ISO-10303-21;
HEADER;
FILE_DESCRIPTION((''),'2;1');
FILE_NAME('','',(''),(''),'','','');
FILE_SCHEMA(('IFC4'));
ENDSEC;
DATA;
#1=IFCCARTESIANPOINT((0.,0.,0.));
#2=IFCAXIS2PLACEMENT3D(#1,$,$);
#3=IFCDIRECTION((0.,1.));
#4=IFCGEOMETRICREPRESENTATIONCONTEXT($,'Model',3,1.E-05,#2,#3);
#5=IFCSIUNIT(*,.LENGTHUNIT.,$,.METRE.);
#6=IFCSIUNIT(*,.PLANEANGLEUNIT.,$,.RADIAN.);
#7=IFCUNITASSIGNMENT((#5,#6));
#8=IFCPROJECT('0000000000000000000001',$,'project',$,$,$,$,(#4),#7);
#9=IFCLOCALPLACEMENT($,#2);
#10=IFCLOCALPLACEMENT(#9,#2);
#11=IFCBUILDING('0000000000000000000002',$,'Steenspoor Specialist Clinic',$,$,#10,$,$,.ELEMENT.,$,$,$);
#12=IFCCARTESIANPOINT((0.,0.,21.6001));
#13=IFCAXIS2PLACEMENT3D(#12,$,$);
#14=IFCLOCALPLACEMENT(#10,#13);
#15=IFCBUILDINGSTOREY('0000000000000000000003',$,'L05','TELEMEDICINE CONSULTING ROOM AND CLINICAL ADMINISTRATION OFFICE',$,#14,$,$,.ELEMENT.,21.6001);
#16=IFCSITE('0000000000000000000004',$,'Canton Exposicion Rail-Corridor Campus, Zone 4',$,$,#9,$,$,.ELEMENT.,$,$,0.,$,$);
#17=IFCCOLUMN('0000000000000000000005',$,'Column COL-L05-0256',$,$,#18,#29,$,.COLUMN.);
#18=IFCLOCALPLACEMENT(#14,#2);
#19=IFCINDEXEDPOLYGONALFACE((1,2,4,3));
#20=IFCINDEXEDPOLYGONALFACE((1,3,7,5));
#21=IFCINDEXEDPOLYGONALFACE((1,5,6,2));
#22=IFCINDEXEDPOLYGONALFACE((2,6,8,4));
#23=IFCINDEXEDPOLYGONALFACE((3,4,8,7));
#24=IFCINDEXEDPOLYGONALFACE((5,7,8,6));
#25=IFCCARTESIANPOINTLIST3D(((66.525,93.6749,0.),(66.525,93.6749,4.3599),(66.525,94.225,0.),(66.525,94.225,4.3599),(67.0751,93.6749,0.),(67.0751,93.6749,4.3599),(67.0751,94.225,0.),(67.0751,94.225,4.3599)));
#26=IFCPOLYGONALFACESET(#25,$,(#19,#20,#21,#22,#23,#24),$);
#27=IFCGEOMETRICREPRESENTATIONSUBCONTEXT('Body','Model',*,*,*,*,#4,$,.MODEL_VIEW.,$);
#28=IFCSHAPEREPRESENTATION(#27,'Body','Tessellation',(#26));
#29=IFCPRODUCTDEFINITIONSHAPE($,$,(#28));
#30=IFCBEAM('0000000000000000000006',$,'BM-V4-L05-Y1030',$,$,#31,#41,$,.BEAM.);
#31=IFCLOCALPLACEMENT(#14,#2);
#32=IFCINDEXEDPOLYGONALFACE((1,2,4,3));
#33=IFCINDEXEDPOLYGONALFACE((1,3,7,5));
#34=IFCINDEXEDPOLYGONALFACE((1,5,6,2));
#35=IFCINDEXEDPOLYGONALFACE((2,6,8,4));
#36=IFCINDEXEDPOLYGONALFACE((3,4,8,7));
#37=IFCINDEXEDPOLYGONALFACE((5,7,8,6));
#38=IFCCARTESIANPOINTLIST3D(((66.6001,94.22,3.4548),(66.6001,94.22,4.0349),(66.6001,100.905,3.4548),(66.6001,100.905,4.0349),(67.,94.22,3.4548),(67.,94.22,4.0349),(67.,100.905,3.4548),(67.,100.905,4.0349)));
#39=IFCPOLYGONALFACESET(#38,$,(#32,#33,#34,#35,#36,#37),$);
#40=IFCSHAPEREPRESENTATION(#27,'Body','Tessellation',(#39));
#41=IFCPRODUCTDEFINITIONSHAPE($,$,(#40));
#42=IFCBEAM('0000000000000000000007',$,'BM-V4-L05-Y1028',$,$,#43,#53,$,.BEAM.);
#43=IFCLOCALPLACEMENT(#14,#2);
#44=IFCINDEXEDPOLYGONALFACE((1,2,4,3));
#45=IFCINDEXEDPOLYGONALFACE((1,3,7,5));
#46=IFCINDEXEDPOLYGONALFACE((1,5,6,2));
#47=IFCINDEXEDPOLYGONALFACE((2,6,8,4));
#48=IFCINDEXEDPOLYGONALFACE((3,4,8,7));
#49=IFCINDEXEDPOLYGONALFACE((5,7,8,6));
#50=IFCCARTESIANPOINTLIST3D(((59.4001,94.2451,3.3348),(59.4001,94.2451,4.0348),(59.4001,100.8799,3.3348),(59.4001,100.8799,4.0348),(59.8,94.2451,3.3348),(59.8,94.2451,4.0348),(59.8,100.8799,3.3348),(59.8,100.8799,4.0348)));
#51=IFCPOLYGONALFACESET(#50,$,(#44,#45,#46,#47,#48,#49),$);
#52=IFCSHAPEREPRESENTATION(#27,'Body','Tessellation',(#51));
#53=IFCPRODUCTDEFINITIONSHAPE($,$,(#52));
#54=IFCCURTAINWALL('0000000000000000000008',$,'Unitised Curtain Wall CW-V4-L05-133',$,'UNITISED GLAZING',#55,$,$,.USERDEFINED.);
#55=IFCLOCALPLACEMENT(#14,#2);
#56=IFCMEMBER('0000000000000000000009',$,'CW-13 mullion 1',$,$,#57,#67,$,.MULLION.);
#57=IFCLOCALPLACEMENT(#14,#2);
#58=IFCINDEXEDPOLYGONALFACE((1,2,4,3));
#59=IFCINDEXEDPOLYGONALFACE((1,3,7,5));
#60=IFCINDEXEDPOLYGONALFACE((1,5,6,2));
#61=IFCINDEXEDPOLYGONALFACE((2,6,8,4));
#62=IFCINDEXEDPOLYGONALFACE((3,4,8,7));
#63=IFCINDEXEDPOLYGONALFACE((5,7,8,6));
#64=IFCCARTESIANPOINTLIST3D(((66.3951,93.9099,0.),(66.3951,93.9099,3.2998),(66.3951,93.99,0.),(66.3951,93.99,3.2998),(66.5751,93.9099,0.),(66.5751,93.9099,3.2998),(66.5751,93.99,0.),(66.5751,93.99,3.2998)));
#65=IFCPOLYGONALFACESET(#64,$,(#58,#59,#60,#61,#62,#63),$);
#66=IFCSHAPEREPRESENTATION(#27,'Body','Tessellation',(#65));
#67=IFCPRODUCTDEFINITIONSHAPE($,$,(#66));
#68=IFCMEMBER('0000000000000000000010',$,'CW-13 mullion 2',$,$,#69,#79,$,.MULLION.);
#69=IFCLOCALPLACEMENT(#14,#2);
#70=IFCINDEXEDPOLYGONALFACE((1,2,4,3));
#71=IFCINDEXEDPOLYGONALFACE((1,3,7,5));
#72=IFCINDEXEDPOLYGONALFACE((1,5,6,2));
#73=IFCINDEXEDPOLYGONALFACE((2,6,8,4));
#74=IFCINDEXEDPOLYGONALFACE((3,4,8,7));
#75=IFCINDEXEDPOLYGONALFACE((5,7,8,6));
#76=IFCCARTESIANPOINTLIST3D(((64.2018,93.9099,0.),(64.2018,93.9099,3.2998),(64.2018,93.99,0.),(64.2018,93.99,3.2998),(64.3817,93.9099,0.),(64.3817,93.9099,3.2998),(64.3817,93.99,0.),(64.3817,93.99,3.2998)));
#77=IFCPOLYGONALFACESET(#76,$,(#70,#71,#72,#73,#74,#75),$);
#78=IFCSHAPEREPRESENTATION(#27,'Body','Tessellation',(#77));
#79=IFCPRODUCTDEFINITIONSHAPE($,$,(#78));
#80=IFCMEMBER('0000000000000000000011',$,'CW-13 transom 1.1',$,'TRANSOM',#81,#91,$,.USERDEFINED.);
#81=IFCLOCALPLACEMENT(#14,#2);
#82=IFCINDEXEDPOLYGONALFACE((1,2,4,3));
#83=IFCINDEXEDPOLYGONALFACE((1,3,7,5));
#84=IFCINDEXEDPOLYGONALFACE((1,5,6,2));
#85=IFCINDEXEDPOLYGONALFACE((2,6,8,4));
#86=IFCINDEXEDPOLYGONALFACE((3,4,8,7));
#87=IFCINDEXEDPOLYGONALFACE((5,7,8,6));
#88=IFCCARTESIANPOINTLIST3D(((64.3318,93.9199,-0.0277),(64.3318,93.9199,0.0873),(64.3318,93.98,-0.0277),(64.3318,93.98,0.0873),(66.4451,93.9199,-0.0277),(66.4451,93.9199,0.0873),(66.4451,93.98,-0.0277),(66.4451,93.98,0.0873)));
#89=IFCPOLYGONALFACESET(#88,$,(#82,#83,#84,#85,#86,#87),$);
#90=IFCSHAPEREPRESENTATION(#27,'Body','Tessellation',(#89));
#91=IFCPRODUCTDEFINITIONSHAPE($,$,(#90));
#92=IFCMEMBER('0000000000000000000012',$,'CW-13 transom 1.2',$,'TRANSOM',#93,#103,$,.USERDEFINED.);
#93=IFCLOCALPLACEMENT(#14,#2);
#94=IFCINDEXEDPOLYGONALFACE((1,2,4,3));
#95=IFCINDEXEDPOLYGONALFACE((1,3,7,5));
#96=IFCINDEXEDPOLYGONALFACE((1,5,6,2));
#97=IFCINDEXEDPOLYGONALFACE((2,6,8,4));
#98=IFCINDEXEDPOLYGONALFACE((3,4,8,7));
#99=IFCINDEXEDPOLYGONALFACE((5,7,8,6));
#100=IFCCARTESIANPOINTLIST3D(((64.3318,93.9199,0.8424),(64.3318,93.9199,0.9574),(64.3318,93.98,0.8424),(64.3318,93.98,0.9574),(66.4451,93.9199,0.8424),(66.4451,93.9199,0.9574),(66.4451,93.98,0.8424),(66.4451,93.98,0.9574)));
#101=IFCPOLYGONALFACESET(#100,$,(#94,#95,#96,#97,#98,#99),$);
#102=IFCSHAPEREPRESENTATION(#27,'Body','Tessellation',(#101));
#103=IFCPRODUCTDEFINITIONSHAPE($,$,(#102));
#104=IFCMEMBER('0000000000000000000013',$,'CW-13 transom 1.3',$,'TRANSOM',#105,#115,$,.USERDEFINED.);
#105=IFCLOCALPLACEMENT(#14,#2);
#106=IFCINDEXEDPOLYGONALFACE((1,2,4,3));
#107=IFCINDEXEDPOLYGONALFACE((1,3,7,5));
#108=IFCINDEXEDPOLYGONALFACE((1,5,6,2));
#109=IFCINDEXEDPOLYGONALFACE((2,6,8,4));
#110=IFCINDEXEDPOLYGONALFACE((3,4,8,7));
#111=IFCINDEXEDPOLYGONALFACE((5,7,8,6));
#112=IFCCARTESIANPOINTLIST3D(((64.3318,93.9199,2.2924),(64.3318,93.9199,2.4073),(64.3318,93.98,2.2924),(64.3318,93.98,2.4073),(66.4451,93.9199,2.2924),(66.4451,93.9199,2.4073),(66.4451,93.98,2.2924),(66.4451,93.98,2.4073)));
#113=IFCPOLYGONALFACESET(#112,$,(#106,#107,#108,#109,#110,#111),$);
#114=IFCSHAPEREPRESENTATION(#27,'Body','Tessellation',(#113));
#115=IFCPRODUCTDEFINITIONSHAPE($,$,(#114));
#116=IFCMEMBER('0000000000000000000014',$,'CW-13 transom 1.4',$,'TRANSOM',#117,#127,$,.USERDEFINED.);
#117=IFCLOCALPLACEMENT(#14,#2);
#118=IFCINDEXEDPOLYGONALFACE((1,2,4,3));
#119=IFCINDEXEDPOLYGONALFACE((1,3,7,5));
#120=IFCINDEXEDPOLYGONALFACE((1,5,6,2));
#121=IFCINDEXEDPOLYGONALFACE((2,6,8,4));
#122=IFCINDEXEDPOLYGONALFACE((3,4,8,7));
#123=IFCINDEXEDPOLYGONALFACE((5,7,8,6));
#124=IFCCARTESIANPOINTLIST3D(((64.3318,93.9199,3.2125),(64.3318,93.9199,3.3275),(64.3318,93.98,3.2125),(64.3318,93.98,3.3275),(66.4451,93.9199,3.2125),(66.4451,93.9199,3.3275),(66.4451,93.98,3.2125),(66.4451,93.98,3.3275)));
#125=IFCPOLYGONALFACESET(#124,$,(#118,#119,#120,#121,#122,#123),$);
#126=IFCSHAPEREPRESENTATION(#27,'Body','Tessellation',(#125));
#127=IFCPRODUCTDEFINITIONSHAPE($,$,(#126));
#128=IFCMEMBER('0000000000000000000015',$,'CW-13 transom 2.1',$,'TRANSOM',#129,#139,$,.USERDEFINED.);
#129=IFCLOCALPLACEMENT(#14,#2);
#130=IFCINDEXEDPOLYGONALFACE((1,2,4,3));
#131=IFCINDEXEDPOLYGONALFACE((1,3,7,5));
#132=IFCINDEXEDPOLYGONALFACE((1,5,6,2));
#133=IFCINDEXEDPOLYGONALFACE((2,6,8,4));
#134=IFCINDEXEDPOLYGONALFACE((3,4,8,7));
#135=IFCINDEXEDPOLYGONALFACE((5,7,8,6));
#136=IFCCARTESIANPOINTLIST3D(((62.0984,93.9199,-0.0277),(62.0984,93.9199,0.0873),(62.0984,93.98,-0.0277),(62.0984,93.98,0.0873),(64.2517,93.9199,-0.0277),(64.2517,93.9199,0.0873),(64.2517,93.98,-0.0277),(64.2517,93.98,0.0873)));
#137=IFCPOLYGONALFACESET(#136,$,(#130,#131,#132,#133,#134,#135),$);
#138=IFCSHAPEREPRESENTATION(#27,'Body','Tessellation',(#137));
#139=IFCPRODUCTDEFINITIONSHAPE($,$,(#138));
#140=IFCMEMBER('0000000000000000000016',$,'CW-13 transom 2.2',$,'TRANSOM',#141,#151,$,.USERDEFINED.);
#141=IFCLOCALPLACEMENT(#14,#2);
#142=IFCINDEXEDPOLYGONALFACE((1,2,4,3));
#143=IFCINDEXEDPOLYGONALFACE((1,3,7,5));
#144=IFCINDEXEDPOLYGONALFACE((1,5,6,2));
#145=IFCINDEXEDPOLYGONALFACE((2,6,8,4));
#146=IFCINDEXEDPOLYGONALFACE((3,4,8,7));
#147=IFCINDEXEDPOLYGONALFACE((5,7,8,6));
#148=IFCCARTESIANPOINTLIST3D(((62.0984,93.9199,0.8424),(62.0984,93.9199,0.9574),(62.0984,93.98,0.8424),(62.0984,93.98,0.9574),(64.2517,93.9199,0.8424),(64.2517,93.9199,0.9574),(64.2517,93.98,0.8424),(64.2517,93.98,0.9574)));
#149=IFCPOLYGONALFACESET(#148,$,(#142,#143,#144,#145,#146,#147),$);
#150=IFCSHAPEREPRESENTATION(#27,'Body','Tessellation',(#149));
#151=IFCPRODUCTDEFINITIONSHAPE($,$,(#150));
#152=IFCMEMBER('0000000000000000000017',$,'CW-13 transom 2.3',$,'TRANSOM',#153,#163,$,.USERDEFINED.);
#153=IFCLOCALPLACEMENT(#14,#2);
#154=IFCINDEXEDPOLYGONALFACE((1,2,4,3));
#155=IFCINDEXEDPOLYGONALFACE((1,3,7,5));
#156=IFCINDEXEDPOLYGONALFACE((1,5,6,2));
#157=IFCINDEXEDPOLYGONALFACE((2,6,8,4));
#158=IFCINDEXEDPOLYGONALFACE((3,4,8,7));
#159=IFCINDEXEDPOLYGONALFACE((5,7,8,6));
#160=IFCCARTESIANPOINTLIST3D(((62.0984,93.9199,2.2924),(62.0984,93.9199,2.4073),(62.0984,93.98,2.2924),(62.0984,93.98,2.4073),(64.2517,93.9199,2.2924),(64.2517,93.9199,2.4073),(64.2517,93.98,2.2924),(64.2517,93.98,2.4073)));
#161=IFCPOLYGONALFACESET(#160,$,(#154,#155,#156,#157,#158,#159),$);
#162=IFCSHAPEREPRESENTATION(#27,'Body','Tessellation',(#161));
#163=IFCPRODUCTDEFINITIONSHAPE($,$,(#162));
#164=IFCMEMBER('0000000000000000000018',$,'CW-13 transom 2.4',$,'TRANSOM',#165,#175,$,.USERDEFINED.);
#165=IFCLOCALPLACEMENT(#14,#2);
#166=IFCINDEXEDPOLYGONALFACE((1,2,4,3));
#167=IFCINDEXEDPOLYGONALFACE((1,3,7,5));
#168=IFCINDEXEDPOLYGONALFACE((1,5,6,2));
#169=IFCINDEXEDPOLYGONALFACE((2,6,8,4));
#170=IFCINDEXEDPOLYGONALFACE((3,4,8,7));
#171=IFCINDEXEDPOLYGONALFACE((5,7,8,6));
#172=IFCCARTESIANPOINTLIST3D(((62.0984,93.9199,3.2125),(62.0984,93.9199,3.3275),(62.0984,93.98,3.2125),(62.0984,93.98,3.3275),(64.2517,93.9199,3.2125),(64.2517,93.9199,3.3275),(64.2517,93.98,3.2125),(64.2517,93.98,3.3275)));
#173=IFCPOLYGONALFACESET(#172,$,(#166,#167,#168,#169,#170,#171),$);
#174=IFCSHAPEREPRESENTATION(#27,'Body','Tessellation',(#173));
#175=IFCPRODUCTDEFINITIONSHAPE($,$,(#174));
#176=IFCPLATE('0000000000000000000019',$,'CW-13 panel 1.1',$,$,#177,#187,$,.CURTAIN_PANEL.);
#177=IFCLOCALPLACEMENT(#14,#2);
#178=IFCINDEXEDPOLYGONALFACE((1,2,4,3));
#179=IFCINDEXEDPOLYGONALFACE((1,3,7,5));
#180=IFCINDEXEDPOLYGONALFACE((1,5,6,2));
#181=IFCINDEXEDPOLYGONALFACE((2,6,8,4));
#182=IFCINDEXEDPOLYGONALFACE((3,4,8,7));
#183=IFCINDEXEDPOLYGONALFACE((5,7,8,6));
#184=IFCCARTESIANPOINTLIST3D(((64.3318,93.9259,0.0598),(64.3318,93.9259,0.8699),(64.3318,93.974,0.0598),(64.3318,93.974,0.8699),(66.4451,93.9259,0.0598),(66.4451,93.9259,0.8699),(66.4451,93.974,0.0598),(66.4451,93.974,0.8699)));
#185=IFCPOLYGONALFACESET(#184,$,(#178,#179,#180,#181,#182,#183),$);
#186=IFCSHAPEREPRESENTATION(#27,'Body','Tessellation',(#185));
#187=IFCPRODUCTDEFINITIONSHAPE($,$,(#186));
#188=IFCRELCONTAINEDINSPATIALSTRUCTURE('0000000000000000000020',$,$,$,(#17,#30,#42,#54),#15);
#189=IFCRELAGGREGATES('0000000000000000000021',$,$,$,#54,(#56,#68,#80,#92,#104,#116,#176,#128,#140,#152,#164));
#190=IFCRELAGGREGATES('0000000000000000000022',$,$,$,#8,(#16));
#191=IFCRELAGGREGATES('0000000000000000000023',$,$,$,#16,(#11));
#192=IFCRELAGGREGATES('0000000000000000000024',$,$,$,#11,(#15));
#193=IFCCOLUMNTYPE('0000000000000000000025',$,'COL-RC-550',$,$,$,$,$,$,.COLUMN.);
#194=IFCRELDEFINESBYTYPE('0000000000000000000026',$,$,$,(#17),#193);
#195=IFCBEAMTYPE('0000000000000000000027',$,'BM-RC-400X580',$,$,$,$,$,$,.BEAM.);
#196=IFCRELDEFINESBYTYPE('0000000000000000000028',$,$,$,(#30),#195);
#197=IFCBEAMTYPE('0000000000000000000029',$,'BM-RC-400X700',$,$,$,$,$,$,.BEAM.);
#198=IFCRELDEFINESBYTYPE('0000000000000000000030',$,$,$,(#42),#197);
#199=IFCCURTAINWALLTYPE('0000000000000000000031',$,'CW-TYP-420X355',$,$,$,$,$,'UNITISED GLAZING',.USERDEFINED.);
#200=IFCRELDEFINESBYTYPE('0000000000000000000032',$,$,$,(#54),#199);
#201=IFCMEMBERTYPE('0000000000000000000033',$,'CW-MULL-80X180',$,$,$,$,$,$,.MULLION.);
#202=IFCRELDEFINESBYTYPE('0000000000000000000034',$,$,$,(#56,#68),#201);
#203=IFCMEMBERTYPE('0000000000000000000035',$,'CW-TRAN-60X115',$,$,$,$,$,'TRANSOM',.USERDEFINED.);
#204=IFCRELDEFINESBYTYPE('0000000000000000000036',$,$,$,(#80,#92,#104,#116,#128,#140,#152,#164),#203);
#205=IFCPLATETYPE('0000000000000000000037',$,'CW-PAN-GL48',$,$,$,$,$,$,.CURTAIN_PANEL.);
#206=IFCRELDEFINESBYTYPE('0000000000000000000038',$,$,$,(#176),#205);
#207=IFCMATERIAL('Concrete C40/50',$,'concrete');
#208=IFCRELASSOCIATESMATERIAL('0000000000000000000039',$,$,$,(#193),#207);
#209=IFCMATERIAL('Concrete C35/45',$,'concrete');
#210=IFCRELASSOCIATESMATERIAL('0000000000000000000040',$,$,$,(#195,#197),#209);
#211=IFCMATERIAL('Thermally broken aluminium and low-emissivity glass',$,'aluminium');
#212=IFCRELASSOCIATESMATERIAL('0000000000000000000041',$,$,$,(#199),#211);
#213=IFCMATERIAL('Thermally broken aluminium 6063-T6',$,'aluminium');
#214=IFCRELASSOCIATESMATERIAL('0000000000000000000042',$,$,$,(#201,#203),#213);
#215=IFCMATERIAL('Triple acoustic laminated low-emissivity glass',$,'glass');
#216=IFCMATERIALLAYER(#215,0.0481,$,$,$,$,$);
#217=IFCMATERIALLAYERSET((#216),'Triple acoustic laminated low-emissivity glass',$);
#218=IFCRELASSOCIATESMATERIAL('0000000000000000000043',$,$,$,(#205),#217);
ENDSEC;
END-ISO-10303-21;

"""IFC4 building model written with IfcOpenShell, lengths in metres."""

from ifc_helpers import new_model, si_unit, direction, frame, origin, origin_2d, place, context, subcontext, project, spatial, rectangle, extrude, material, layer, layer_set, material_profile, profile_set, type_object, element, aggregate, save


model = new_model("IFC4")

# Units and contexts
model_context = context("Model", 3, precision=1e-05, world=origin(), true_north=direction((0.0, 1.0)))
body_context = subcontext(model_context, "Body", "Model", "MODEL_VIEW")
ifc_project = project(units=[si_unit("LENGTHUNIT", "METRE"), si_unit("PLANEANGLEUNIT", "RADIAN")], contexts=[model_context])

# Site, building, storey
site_placement = place(None, origin())
site = spatial("IfcSite", under=ifc_project, at=site_placement, Name="Canton Exposicion Rail-Corridor Campus, Zone 4", CompositionType="ELEMENT", RefElevation=0.0)
building_placement = place(site_placement, origin())
building = spatial("IfcBuilding", under=site, at=building_placement, Name="Steenspoor Specialist Clinic", CompositionType="ELEMENT")
storey_placement = place(building_placement, frame((0.0, 0.0, 21.6001)))
storey = spatial("IfcBuildingStorey", under=building, at=storey_placement, Name="L05", Description="TELEMEDICINE CONSULTING ROOM AND CLINICAL ADMINISTRATION OFFICE", CompositionType="ELEMENT", Elevation=21.6001)

# Column
ifc_material_1 = material(Name="Concrete C40/50", Category="concrete")
ifc_material_profile_1 = material_profile(ifc_material_1, rectangle(XDim=0.55, YDim=0.55, at=origin_2d()), Name="RC-COL-550X550")
ifc_profile_set_1 = profile_set([ifc_material_profile_1], Name="Concrete C40/50")
column_type = type_object("IfcColumnType", Name="COL-RC-550", PredefinedType="COLUMN", material=ifc_profile_set_1)
column_placement = place(storey_placement, frame((66.8, 93.95, 0.0), z_axis=(0.0, 0.0, 1.0), x_axis=(1.0, 0.0, 0.0)))
element("IfcColumn", 1, at=column_placement, inside=storey, type_object=column_type, Name="Column COL-L05-0256", PredefinedType="COLUMN", context=body_context, shape_type="SweptSolid", body=[
    extrude(rectangle(XDim=0.55, YDim=0.55, at=origin_2d()), origin(), (0.0, 0.0, 1.0), 4.3599),
])

# Beams
ifc_material_2 = material(Name="Concrete C35/45", Category="concrete")
ifc_material_profile_2 = material_profile(ifc_material_2, rectangle(XDim=0.3999, YDim=0.5801, at=origin_2d()), Name="RC-BM-400X580")
ifc_profile_set_2 = profile_set([ifc_material_profile_2], Name="Concrete C35/45")
beam_type_1 = type_object("IfcBeamType", Name="BM-RC-400X580", PredefinedType="BEAM", material=ifc_profile_set_2)
beam_1_placement = place(storey_placement, frame((66.8, 94.22, 3.7449), z_axis=(0.0, 1.0, 0.0), x_axis=(-1.0, 0.0, 0.0)))
element("IfcBeam", 2, at=beam_1_placement, inside=storey, type_object=beam_type_1, Name="BM-V4-L05-Y1030", PredefinedType="BEAM", context=body_context, shape_type="SweptSolid", body=[
    extrude(rectangle(XDim=0.3999, YDim=0.5801, at=origin_2d()), origin(), (0.0, 0.0, 1.0), 6.6851),
])
ifc_material_profile_3 = material_profile(ifc_material_2, rectangle(XDim=0.3999, YDim=0.7, at=origin_2d()), Name="RC-BM-400X700")
ifc_profile_set_3 = profile_set([ifc_material_profile_3], Name="Concrete C35/45")
beam_type_2 = type_object("IfcBeamType", Name="BM-RC-400X700", PredefinedType="BEAM", material=ifc_profile_set_3)
beam_2_placement = place(storey_placement, frame((59.6001, 94.2451, 3.6848), z_axis=(0.0, 1.0, 0.0), x_axis=(-1.0, 0.0, 0.0)))
element("IfcBeam", 3, at=beam_2_placement, inside=storey, type_object=beam_type_2, Name="BM-V4-L05-Y1028", PredefinedType="BEAM", context=body_context, shape_type="SweptSolid", body=[
    extrude(rectangle(XDim=0.3999, YDim=0.7, at=origin_2d()), origin(), (0.0, 0.0, 1.0), 6.6348),
])

# Curtain wall, members, plate
ifc_material_3 = material(Name="Thermally broken aluminium and low-emissivity glass", Category="aluminium")
curtain_wall_type = type_object("IfcCurtainWallType", Name="CW-TYP-420X355", ElementType="UNITISED GLAZING", PredefinedType="USERDEFINED", material=ifc_material_3)
curtain_wall_placement = place(storey_placement, origin())
curtain_wall = element("IfcCurtainWall", 4, at=curtain_wall_placement, inside=storey, type_object=curtain_wall_type, Name="Unitised Curtain Wall CW-V4-L05-133", ObjectType="UNITISED GLAZING", PredefinedType="USERDEFINED")
ifc_material_4 = material(Name="Thermally broken aluminium 6063-T6", Category="aluminium")
ifc_material_profile_4 = material_profile(ifc_material_4, rectangle(XDim=0.0801, YDim=0.1799, at=origin_2d()), Name="CWM-80X180")
ifc_profile_set_4 = profile_set([ifc_material_profile_4], Name="Thermally broken aluminium 6063-T6")
member_type_1 = type_object("IfcMemberType", Name="CW-MULL-80X180", PredefinedType="MULLION", material=ifc_profile_set_4)
member_1_placement = place(storey_placement, frame((66.4851, 93.95, 0.0), z_axis=(0.0, 0.0, 1.0), x_axis=(0.0, -1.0, 0.0)))
member_1 = element("IfcMember", 5, at=member_1_placement, type_object=member_type_1, Name="CW-13 mullion 1", PredefinedType="MULLION", context=body_context, shape_type="SweptSolid", body=[
    extrude(rectangle(XDim=0.0801, YDim=0.1799, at=origin_2d()), origin(), (0.0, 0.0, 1.0), 3.2998),
])
member_2_placement = place(storey_placement, frame((64.2917, 93.95, 0.0), z_axis=(0.0, 0.0, 1.0), x_axis=(0.0, -1.0, 0.0)))
member_2 = element("IfcMember", 6, at=member_2_placement, type_object=member_type_1, Name="CW-13 mullion 2", PredefinedType="MULLION", context=body_context, shape_type="SweptSolid", body=[
    extrude(rectangle(XDim=0.0801, YDim=0.1799, at=origin_2d()), origin(), (0.0, 0.0, 1.0), 3.2998),
])
ifc_material_profile_5 = material_profile(ifc_material_4, rectangle(XDim=0.0601, YDim=0.115, at=origin_2d()), Name="CWT-60X115")
ifc_profile_set_5 = profile_set([ifc_material_profile_5], Name="Thermally broken aluminium 6063-T6")
member_type_2 = type_object("IfcMemberType", Name="CW-TRAN-60X115", ElementType="TRANSOM", PredefinedType="USERDEFINED", material=ifc_profile_set_5)
member_3_placement = place(storey_placement, frame((66.4451, 93.95, 0.0298), z_axis=(-1.0, 0.0, 0.0), x_axis=(0.0, -1.0, 0.0)))
member_3 = element("IfcMember", 7, at=member_3_placement, type_object=member_type_2, Name="CW-13 transom 1.1", ObjectType="TRANSOM", PredefinedType="USERDEFINED", context=body_context, shape_type="SweptSolid", body=[
    extrude(rectangle(XDim=0.0601, YDim=0.115, at=origin_2d()), origin(), (0.0, 0.0, 1.0), 2.1133),
])
member_4_placement = place(storey_placement, frame((66.4451, 93.95, 0.8999), z_axis=(-1.0, 0.0, 0.0), x_axis=(0.0, -1.0, 0.0)))
member_4 = element("IfcMember", 8, at=member_4_placement, type_object=member_type_2, Name="CW-13 transom 1.2", ObjectType="TRANSOM", PredefinedType="USERDEFINED", context=body_context, shape_type="SweptSolid", body=[
    extrude(rectangle(XDim=0.0601, YDim=0.115, at=origin_2d()), origin(), (0.0, 0.0, 1.0), 2.1133),
])
member_5_placement = place(storey_placement, frame((66.4451, 93.95, 2.3499), z_axis=(-1.0, 0.0, 0.0), x_axis=(0.0, -1.0, 0.0)))
member_5 = element("IfcMember", 9, at=member_5_placement, type_object=member_type_2, Name="CW-13 transom 1.3", ObjectType="TRANSOM", PredefinedType="USERDEFINED", context=body_context, shape_type="SweptSolid", body=[
    extrude(rectangle(XDim=0.0601, YDim=0.115, at=origin_2d()), origin(), (0.0, 0.0, 1.0), 2.1133),
])
member_6_placement = place(storey_placement, frame((66.4451, 93.95, 3.27), z_axis=(-1.0, 0.0, 0.0), x_axis=(0.0, -1.0, 0.0)))
member_6 = element("IfcMember", 10, at=member_6_placement, type_object=member_type_2, Name="CW-13 transom 1.4", ObjectType="TRANSOM", PredefinedType="USERDEFINED", context=body_context, shape_type="SweptSolid", body=[
    extrude(rectangle(XDim=0.0601, YDim=0.115, at=origin_2d()), origin(), (0.0, 0.0, 1.0), 2.1133),
])
member_7_placement = place(storey_placement, frame((64.2517, 93.95, 0.0298), z_axis=(-1.0, 0.0, 0.0), x_axis=(0.0, -1.0, 0.0)))
member_7 = element("IfcMember", 11, at=member_7_placement, type_object=member_type_2, Name="CW-13 transom 2.1", ObjectType="TRANSOM", PredefinedType="USERDEFINED", context=body_context, shape_type="SweptSolid", body=[
    extrude(rectangle(XDim=0.0601, YDim=0.115, at=origin_2d()), origin(), (0.0, 0.0, 1.0), 2.1533),
])
member_8_placement = place(storey_placement, frame((64.2517, 93.95, 0.8999), z_axis=(-1.0, 0.0, 0.0), x_axis=(0.0, -1.0, 0.0)))
member_8 = element("IfcMember", 12, at=member_8_placement, type_object=member_type_2, Name="CW-13 transom 2.2", ObjectType="TRANSOM", PredefinedType="USERDEFINED", context=body_context, shape_type="SweptSolid", body=[
    extrude(rectangle(XDim=0.0601, YDim=0.115, at=origin_2d()), origin(), (0.0, 0.0, 1.0), 2.1533),
])
member_9_placement = place(storey_placement, frame((64.2517, 93.95, 2.3499), z_axis=(-1.0, 0.0, 0.0), x_axis=(0.0, -1.0, 0.0)))
member_9 = element("IfcMember", 13, at=member_9_placement, type_object=member_type_2, Name="CW-13 transom 2.3", ObjectType="TRANSOM", PredefinedType="USERDEFINED", context=body_context, shape_type="SweptSolid", body=[
    extrude(rectangle(XDim=0.0601, YDim=0.115, at=origin_2d()), origin(), (0.0, 0.0, 1.0), 2.1533),
])
member_10_placement = place(storey_placement, frame((64.2517, 93.95, 3.27), z_axis=(-1.0, 0.0, 0.0), x_axis=(0.0, -1.0, 0.0)))
member_10 = element("IfcMember", 14, at=member_10_placement, type_object=member_type_2, Name="CW-13 transom 2.4", ObjectType="TRANSOM", PredefinedType="USERDEFINED", context=body_context, shape_type="SweptSolid", body=[
    extrude(rectangle(XDim=0.0601, YDim=0.115, at=origin_2d()), origin(), (0.0, 0.0, 1.0), 2.1533),
])
ifc_material_5 = material(Name="Triple acoustic laminated low-emissivity glass", Category="glass")
ifc_layer_1 = layer(ifc_material_5, 0.0481)
ifc_layer_set_1 = layer_set([ifc_layer_1], Name="Triple acoustic laminated low-emissivity glass")
plate_type = type_object("IfcPlateType", Name="CW-PAN-GL48", PredefinedType="CURTAIN_PANEL", material=ifc_layer_set_1)
plate_1_placement = place(storey_placement, frame((65.3884, 93.95, 0.0598), z_axis=(0.0, 0.0, 1.0), x_axis=(-1.0, 0.0, 0.0)))
plate_1 = element("IfcPlate", 15, at=plate_1_placement, type_object=plate_type, Name="CW-13 panel 1.1", PredefinedType="CURTAIN_PANEL", context=body_context, shape_type="SweptSolid", body=[
    extrude(rectangle(XDim=2.1133, YDim=0.0481, at=origin_2d()), origin(), (0.0, 0.0, 1.0), 0.8101),
])
aggregate(curtain_wall, [member_1, member_2, member_3, member_4, member_5, member_6, plate_1, member_7, member_8, member_9, member_10])

save(model, "model.ifc")
